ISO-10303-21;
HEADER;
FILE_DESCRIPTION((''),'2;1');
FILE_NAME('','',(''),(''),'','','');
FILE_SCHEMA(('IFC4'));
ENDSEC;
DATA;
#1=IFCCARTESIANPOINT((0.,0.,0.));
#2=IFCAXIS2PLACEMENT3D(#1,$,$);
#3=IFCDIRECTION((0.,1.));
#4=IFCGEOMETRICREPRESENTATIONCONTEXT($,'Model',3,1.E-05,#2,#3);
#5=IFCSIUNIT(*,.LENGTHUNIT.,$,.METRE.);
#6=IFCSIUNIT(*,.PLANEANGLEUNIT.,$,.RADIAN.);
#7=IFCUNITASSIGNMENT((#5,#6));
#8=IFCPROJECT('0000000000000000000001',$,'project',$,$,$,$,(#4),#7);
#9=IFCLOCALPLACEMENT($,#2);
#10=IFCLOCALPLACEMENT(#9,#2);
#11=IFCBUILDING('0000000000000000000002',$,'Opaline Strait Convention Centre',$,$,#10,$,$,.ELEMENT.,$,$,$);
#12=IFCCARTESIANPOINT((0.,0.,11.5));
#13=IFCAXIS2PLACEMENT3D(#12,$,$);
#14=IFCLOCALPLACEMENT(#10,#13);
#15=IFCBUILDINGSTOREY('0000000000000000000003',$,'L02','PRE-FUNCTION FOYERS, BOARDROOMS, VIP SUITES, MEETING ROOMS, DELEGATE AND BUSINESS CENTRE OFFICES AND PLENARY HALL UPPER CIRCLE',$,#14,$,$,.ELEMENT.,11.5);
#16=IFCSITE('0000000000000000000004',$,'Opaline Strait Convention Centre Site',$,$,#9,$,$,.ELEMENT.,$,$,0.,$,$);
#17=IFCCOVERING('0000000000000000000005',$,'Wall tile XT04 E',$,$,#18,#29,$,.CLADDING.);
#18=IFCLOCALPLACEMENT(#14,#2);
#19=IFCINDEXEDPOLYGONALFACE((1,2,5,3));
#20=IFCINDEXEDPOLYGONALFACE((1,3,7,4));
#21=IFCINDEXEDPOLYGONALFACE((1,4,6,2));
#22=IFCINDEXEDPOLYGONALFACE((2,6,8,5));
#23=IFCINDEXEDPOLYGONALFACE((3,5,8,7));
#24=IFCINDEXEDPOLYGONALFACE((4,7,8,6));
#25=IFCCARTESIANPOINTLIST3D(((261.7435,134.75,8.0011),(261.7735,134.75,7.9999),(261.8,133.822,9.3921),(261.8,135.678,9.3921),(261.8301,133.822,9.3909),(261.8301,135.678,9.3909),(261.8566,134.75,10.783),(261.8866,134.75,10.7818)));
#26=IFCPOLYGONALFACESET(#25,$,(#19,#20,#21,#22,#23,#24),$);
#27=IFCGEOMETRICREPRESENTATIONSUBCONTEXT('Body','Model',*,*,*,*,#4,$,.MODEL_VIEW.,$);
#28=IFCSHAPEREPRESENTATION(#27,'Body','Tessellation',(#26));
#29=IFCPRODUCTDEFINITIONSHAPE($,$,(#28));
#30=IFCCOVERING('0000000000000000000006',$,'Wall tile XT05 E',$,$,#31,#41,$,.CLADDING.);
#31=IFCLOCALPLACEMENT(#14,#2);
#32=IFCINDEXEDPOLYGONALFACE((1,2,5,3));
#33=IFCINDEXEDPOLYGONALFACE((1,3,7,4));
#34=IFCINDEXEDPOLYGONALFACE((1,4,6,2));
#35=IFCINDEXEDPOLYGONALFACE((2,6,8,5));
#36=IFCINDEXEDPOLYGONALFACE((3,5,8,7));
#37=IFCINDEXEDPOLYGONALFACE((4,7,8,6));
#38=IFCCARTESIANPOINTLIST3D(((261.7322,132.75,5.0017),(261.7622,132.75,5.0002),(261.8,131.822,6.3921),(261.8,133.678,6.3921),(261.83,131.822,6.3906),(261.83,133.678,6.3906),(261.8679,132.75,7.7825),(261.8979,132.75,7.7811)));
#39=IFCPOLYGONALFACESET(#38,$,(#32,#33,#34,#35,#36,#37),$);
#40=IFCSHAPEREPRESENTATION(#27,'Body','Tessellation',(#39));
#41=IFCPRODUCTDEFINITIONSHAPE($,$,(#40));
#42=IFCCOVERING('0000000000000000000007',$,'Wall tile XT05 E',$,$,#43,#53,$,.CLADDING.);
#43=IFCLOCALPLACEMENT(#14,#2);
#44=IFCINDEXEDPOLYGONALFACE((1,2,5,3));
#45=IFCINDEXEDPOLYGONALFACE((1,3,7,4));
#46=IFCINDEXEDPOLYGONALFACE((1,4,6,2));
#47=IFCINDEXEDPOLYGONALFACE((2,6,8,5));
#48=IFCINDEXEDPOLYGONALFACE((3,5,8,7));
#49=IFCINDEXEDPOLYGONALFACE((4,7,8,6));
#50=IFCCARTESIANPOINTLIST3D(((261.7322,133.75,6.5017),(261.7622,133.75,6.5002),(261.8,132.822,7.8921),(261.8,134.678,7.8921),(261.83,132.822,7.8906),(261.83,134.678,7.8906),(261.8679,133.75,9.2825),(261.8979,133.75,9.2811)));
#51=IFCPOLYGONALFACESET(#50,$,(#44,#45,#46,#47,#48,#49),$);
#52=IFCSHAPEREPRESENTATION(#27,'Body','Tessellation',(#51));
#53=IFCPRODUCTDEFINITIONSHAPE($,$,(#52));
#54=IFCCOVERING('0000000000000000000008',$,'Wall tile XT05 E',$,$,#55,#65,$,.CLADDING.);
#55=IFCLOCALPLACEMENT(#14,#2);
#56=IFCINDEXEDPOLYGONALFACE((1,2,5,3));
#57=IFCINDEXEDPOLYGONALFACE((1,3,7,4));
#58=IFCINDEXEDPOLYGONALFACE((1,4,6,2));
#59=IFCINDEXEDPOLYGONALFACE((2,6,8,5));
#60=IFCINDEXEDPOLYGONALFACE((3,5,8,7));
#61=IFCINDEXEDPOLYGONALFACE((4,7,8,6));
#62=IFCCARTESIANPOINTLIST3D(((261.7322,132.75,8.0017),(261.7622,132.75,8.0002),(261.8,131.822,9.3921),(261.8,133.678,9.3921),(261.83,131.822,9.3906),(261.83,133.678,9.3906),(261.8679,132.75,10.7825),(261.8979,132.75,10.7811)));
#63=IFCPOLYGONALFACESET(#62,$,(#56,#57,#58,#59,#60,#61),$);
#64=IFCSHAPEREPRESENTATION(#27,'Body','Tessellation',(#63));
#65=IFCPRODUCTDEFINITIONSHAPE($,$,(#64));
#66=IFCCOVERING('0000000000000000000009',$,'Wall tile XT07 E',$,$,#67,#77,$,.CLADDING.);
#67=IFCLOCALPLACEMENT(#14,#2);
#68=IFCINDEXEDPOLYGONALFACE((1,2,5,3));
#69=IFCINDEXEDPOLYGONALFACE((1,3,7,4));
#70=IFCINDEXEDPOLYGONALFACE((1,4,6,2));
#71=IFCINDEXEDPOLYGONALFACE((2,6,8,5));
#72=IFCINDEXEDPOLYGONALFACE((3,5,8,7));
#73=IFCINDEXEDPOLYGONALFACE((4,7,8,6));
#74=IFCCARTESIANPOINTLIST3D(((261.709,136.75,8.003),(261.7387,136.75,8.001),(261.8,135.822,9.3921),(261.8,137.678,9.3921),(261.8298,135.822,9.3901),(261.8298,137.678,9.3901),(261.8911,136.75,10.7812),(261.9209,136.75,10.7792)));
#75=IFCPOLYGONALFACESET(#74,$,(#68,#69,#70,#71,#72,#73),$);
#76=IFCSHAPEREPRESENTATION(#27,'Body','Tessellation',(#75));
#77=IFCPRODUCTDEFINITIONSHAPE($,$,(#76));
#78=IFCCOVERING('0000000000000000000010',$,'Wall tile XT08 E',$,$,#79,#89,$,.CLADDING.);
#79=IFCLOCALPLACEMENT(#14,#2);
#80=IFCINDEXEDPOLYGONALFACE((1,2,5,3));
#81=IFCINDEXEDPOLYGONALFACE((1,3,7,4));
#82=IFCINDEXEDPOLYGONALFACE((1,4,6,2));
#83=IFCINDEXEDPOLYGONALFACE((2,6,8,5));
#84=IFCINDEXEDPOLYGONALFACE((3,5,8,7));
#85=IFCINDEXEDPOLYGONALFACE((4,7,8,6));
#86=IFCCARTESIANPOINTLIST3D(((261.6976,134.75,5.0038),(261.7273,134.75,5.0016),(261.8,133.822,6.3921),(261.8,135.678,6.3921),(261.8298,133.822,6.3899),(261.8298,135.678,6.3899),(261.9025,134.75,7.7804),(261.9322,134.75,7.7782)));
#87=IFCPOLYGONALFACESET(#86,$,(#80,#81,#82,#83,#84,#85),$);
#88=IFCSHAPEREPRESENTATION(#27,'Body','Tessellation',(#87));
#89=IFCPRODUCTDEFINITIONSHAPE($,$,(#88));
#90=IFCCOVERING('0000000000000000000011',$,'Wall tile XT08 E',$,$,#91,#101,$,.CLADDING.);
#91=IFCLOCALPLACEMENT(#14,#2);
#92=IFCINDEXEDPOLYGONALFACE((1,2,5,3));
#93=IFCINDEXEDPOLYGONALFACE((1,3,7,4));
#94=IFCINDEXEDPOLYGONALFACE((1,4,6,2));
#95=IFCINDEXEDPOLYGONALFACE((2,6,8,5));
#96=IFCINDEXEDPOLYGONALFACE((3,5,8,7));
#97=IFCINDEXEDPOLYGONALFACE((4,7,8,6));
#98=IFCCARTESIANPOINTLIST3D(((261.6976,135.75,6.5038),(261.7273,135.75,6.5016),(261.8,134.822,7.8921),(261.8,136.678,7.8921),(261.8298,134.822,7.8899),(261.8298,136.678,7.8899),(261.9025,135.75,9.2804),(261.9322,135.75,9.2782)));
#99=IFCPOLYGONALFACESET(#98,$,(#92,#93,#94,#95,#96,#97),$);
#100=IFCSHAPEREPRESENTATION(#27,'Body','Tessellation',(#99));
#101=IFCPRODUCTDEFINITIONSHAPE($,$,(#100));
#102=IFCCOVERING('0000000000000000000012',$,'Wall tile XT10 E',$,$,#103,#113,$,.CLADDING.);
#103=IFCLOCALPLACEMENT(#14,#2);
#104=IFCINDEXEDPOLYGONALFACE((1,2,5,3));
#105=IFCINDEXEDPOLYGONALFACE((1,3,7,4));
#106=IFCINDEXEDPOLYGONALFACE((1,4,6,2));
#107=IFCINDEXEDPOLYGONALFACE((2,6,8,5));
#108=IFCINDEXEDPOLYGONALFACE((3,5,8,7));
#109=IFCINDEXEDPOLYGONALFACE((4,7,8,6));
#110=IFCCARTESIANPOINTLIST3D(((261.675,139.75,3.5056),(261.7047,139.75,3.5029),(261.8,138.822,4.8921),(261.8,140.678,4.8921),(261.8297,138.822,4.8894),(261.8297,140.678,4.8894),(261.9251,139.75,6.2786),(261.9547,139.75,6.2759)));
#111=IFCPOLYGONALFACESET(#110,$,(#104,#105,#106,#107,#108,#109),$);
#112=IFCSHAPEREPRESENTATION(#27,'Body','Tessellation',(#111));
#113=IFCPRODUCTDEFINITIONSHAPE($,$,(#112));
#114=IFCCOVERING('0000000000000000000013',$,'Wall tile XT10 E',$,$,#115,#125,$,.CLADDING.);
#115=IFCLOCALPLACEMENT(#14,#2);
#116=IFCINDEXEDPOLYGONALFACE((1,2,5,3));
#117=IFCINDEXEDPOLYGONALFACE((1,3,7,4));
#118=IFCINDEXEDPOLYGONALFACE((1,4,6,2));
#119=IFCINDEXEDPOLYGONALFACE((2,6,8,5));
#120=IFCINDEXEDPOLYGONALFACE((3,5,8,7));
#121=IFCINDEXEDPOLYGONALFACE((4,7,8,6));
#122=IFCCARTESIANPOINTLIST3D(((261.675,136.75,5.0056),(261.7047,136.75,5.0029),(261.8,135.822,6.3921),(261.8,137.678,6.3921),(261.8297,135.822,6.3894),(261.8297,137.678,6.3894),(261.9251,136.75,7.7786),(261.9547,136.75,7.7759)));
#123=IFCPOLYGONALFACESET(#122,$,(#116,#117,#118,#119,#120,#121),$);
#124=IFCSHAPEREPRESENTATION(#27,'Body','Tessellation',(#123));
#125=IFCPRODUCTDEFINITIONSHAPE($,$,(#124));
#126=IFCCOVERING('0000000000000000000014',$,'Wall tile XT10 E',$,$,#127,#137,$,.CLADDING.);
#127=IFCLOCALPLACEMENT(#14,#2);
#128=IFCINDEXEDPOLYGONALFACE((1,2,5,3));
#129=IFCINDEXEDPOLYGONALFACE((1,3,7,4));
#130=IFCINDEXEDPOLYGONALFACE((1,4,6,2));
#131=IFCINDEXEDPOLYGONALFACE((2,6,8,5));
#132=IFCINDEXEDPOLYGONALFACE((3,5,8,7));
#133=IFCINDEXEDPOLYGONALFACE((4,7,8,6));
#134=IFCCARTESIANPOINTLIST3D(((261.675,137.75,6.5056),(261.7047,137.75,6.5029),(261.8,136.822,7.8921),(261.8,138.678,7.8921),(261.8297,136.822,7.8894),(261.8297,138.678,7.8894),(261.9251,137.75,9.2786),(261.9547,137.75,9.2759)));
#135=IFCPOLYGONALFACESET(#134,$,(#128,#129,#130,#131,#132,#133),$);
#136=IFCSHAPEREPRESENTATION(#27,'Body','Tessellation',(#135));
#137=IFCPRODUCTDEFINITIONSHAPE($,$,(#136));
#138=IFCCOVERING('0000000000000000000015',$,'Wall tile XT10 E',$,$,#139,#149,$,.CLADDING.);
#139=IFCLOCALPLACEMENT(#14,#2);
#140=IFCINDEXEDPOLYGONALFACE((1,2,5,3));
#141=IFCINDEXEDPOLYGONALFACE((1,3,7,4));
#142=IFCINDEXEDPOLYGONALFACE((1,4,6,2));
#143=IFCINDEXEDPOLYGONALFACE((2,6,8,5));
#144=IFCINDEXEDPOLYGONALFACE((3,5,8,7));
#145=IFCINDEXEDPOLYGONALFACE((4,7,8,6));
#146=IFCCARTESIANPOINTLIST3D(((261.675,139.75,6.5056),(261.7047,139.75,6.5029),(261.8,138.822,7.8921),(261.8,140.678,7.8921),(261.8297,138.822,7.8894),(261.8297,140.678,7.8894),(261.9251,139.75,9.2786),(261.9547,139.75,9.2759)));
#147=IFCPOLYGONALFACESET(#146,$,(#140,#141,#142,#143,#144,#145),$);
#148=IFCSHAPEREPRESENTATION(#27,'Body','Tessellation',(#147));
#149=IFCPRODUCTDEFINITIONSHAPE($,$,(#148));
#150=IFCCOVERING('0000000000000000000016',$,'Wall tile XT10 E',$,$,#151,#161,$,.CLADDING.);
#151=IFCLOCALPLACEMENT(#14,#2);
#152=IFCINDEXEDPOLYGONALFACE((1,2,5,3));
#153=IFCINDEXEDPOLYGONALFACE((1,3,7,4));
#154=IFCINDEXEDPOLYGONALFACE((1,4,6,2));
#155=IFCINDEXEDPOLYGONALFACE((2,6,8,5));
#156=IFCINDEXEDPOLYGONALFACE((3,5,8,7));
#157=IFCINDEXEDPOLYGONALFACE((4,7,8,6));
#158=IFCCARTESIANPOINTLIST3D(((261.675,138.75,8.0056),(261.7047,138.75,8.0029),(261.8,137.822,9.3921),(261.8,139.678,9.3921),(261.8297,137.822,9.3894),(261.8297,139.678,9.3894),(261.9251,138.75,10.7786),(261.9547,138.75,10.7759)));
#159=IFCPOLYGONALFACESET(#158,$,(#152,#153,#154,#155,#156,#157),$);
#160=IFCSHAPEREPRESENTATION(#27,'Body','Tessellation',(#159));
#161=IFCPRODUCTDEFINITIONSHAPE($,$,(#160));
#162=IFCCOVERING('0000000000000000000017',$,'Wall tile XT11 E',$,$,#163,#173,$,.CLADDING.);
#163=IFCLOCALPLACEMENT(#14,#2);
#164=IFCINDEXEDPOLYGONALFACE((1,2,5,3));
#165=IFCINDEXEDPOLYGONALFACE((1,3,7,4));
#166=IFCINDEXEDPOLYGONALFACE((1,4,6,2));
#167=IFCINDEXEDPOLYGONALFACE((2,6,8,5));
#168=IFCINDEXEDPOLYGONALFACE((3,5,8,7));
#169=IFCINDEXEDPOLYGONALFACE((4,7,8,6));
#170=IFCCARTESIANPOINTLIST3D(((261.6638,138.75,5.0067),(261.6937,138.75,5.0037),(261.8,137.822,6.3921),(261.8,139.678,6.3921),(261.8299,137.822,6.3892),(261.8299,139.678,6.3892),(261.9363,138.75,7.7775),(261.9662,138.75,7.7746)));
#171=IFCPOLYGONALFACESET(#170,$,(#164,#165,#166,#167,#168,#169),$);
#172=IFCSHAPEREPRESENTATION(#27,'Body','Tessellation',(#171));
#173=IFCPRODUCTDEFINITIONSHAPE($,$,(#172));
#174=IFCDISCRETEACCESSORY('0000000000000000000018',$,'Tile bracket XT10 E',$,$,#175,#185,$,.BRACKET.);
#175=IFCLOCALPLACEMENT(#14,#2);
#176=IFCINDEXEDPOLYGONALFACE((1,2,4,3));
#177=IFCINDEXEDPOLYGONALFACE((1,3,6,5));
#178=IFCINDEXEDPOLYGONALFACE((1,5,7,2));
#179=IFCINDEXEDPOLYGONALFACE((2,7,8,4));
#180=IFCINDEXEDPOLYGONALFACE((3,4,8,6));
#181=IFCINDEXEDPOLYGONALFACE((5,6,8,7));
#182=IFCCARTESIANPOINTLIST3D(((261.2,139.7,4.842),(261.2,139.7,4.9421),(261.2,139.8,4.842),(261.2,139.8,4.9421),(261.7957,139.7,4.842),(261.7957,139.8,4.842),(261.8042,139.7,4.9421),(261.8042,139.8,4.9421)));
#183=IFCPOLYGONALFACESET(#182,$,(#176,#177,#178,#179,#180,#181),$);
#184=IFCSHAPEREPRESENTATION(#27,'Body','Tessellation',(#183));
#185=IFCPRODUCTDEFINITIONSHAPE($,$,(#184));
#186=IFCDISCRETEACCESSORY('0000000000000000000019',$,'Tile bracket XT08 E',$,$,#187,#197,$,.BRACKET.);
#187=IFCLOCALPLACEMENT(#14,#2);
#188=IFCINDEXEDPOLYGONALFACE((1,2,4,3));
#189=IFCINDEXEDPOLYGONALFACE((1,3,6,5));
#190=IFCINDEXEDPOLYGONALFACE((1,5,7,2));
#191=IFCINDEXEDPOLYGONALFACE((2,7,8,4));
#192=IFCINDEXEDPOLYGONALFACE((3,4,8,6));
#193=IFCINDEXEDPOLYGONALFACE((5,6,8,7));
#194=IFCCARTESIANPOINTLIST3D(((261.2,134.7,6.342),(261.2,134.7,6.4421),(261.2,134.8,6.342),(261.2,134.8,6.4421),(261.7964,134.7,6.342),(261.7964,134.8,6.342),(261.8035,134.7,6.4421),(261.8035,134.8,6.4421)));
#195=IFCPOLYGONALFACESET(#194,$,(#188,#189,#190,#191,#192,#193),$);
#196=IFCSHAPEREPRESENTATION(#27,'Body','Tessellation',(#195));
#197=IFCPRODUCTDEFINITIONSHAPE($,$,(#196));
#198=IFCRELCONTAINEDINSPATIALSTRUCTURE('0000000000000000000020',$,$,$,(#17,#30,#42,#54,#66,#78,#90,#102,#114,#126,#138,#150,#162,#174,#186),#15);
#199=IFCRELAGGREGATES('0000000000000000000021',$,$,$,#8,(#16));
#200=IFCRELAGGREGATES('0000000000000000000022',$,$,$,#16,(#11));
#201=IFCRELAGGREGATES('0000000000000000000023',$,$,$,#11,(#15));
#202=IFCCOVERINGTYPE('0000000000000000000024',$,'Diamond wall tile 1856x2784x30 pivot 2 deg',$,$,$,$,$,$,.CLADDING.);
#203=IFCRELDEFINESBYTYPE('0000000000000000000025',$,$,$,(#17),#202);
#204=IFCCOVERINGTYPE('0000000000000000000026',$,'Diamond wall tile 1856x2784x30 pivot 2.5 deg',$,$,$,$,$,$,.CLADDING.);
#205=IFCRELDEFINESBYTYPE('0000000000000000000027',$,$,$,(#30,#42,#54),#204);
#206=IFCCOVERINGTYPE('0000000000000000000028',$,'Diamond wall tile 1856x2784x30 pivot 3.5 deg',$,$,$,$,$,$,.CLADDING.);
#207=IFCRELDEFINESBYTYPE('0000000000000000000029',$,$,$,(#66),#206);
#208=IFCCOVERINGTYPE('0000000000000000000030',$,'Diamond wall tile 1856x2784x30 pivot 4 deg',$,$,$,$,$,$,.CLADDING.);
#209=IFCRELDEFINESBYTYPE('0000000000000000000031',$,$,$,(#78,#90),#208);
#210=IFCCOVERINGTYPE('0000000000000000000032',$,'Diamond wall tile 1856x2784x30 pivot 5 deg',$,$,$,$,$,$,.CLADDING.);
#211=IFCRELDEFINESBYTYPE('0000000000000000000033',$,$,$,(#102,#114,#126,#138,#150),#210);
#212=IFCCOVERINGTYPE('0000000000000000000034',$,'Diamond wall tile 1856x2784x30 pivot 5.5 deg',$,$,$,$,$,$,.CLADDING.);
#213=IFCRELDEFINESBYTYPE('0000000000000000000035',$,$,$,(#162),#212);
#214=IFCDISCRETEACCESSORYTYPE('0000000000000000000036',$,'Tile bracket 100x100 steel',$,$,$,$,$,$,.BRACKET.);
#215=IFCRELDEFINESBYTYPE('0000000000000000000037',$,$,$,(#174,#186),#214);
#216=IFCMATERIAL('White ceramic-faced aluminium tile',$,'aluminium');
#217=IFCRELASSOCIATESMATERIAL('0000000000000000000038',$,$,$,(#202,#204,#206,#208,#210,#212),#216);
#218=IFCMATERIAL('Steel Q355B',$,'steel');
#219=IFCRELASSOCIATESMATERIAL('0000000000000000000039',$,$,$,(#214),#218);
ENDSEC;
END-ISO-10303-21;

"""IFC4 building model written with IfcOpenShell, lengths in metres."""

from ifc_helpers import new_model, si_unit, direction, frame, origin, place, context, subcontext, project, spatial, polyline, outline, extrude, material, material_profile, profile_set, type_object, element, save


model = new_model("IFC4")

# Units and contexts
model_context = context("Model", 3, precision=1e-05, world=origin(), true_north=direction((0.0, 1.0)))
body_context = subcontext(model_context, "Body", "Model", "MODEL_VIEW")
ifc_project = project(units=[si_unit("LENGTHUNIT", "METRE"), si_unit("PLANEANGLEUNIT", "RADIAN")], contexts=[model_context])

# Site, building, storey
site_placement = place(None, origin())
site = spatial("IfcSite", under=ifc_project, at=site_placement, Name="Opaline Strait Convention Centre Site", CompositionType="ELEMENT", RefElevation=0.0)
building_placement = place(site_placement, origin())
building = spatial("IfcBuilding", under=site, at=building_placement, Name="Opaline Strait Convention Centre", CompositionType="ELEMENT")
storey_placement = place(building_placement, frame((0.0, 0.0, 11.5)))
storey = spatial("IfcBuildingStorey", under=building, at=storey_placement, Name="L02", Description="PRE-FUNCTION FOYERS, BOARDROOMS, VIP SUITES, MEETING ROOMS, DELEGATE AND BUSINESS CENTRE OFFICES AND PLENARY HALL UPPER CIRCLE", CompositionType="ELEMENT", Elevation=11.5)

# Coverings
ifc_material_1 = material(Name="White ceramic-faced aluminium tile", Category="aluminium")
ifc_material_profile_1 = material_profile(ifc_material_1, outline(polyline([(0.928, 0.0), (0.0, 1.3921), (-0.928, 0.0), (0.0, -1.3921), (0.928, 0.0)])), Name="Diamond tile 1856x2784")
ifc_profile_set_1 = profile_set([ifc_material_profile_1], Name="White ceramic-faced aluminium tile")
covering_type_1 = type_object("IfcCoveringType", Name="Diamond wall tile 1856x2784x30 pivot 2 deg", PredefinedType="CLADDING", material=ifc_profile_set_1)
covering_1_placement = place(storey_placement, frame((261.8, 134.75, 9.3921), z_axis=(0.999175, 0.0, -0.040617), x_axis=(0.0, 1.0, 0.0)))
element("IfcCovering", 1, at=covering_1_placement, inside=storey, type_object=covering_type_1, Name="Wall tile XT04 E", PredefinedType="CLADDING", context=body_context, shape_type="SweptSolid", body=[
    extrude(outline(polyline([(0.928, 0.0), (0.0, 1.3921), (-0.928, 0.0), (0.0, -1.3921), (0.928, 0.0)])), origin(), (0.0, 0.0, 1.0), 0.03),
])
ifc_material_profile_2 = material_profile(ifc_material_1, outline(polyline([(0.928, 0.0), (0.0, 1.3921), (-0.928, 0.0), (0.0, -1.3921), (0.928, 0.0)])), Name="Diamond tile 1856x2784")
ifc_profile_set_2 = profile_set([ifc_material_profile_2], Name="White ceramic-faced aluminium tile")
covering_type_2 = type_object("IfcCoveringType", Name="Diamond wall tile 1856x2784x30 pivot 2.5 deg", PredefinedType="CLADDING", material=ifc_profile_set_2)
for number, where, z_axis, x_axis, name in (
    (2, (261.8, 132.75, 6.3921), (0.998812, 0.0, -0.048723), (0.0, 1.0, 0.0), "Wall tile XT05 E"),
    (3, (261.8, 133.75, 7.8921), (0.998812, 0.0, -0.048723), (0.0, 1.0, 0.0), "Wall tile XT05 E"),
    (4, (261.8, 132.75, 9.3921), (0.998812, 0.0, -0.048723), (0.0, 1.0, 0.0), "Wall tile XT05 E"),
):
    element("IfcCovering", number, at=place(storey_placement, frame(where, z_axis=z_axis, x_axis=x_axis)), inside=storey, type_object=covering_type_2, Name=name, PredefinedType="CLADDING", context=body_context, shape_type="SweptSolid", body=[
        extrude(outline(polyline([(0.928, 0.0), (0.0, 1.3921), (-0.928, 0.0), (0.0, -1.3921), (0.928, 0.0)])), origin(), (0.0, 0.0, 1.0), 0.03),
    ])
ifc_material_profile_3 = material_profile(ifc_material_1, outline(polyline([(0.928, 0.0), (0.0, 1.3921), (-0.928, 0.0), (0.0, -1.3921), (0.928, 0.0)])), Name="Diamond tile 1856x2784")
ifc_profile_set_3 = profile_set([ifc_material_profile_3], Name="White ceramic-faced aluminium tile")
covering_type_3 = type_object("IfcCoveringType", Name="Diamond wall tile 1856x2784x30 pivot 3.5 deg", PredefinedType="CLADDING", material=ifc_profile_set_3)
covering_2_placement = place(storey_placement, frame((261.8, 136.75, 9.3921), z_axis=(0.997857, 0.0, -0.065433), x_axis=(0.0, 1.0, 0.0)))
element("IfcCovering", 5, at=covering_2_placement, inside=storey, type_object=covering_type_3, Name="Wall tile XT07 E", PredefinedType="CLADDING", context=body_context, shape_type="SweptSolid", body=[
    extrude(outline(polyline([(0.928, 0.0), (0.0, 1.3921), (-0.928, 0.0), (0.0, -1.3921), (0.928, 0.0)])), origin(), (0.0, 0.0, 1.0), 0.0298),
])
ifc_material_profile_4 = material_profile(ifc_material_1, outline(polyline([(0.928, 0.0), (0.0, 1.3921), (-0.928, 0.0), (0.0, -1.3921), (0.928, 0.0)])), Name="Diamond tile 1856x2784")
ifc_profile_set_4 = profile_set([ifc_material_profile_4], Name="White ceramic-faced aluminium tile")
covering_type_4 = type_object("IfcCoveringType", Name="Diamond wall tile 1856x2784x30 pivot 4 deg", PredefinedType="CLADDING", material=ifc_profile_set_4)
for number, where, z_axis, x_axis, name in (
    (6, (261.8, 134.75, 6.3921), (0.99729, 0.0, -0.073571), (0.0, 1.0, 0.0), "Wall tile XT08 E"),
    (7, (261.8, 135.75, 7.8921), (0.99729, 0.0, -0.073571), (0.0, 1.0, 0.0), "Wall tile XT08 E"),
):
    element("IfcCovering", number, at=place(storey_placement, frame(where, z_axis=z_axis, x_axis=x_axis)), inside=storey, type_object=covering_type_4, Name=name, PredefinedType="CLADDING", context=body_context, shape_type="SweptSolid", body=[
        extrude(outline(polyline([(0.928, 0.0), (0.0, 1.3921), (-0.928, 0.0), (0.0, -1.3921), (0.928, 0.0)])), origin(), (0.0, 0.0, 1.0), 0.0298),
    ])
ifc_material_profile_5 = material_profile(ifc_material_1, outline(polyline([(0.928, 0.0), (0.0, 1.3921), (-0.928, 0.0), (0.0, -1.3921), (0.928, 0.0)])), Name="Diamond tile 1856x2784")
ifc_profile_set_5 = profile_set([ifc_material_profile_5], Name="White ceramic-faced aluminium tile")
covering_type_5 = type_object("IfcCoveringType", Name="Diamond wall tile 1856x2784x30 pivot 5 deg", PredefinedType="CLADDING", material=ifc_profile_set_5)
for number, where, z_axis, x_axis, name in (
    (8, (261.8, 139.75, 4.8921), (0.99596, 0.0, -0.0898), (0.0, 1.0, 0.0), "Wall tile XT10 E"),
    (9, (261.8, 136.75, 6.3921), (0.99596, 0.0, -0.0898), (0.0, 1.0, 0.0), "Wall tile XT10 E"),
    (10, (261.8, 137.75, 7.8921), (0.99596, 0.0, -0.0898), (0.0, 1.0, 0.0), "Wall tile XT10 E"),
    (11, (261.8, 139.75, 7.8921), (0.99596, 0.0, -0.0898), (0.0, 1.0, 0.0), "Wall tile XT10 E"),
    (12, (261.8, 138.75, 9.3921), (0.99596, 0.0, -0.0898), (0.0, 1.0, 0.0), "Wall tile XT10 E"),
):
    element("IfcCovering", number, at=place(storey_placement, frame(where, z_axis=z_axis, x_axis=x_axis)), inside=storey, type_object=covering_type_5, Name=name, PredefinedType="CLADDING", context=body_context, shape_type="SweptSolid", body=[
        extrude(outline(polyline([(0.928, 0.0), (0.0, 1.3921), (-0.928, 0.0), (0.0, -1.3921), (0.928, 0.0)])), origin(), (0.0, 0.0, 1.0), 0.0298),
    ])
ifc_material_profile_6 = material_profile(ifc_material_1, outline(polyline([(0.928, 0.0), (0.0, 1.3921), (-0.928, 0.0), (0.0, -1.3921), (0.928, 0.0)])), Name="Diamond tile 1856x2784")
ifc_profile_set_6 = profile_set([ifc_material_profile_6], Name="White ceramic-faced aluminium tile")
covering_type_6 = type_object("IfcCoveringType", Name="Diamond wall tile 1856x2784x30 pivot 5.5 deg", PredefinedType="CLADDING", material=ifc_profile_set_6)
covering_3_placement = place(storey_placement, frame((261.8, 138.75, 6.3921), z_axis=(0.995197, 0.0, -0.097888), x_axis=(0.0, 1.0, 0.0)))
element("IfcCovering", 13, at=covering_3_placement, inside=storey, type_object=covering_type_6, Name="Wall tile XT11 E", PredefinedType="CLADDING", context=body_context, shape_type="SweptSolid", body=[
    extrude(outline(polyline([(0.928, 0.0), (0.0, 1.3921), (-0.928, 0.0), (0.0, -1.3921), (0.928, 0.0)])), origin(), (0.0, 0.0, 1.0), 0.03),
])

# Discrete accessories
ifc_material_2 = material(Name="Steel Q355B", Category="steel")
discrete_accessory_type = type_object("IfcDiscreteAccessoryType", Name="Tile bracket 100x100 steel", PredefinedType="BRACKET", material=ifc_material_2)
discrete_accessory_1_placement = place(storey_placement, frame((261.2, 139.7, 4.8921), z_axis=(0.0, 1.0, 0.0), x_axis=(-1.0, 0.0, 0.0)))
element("IfcDiscreteAccessory", 14, at=discrete_accessory_1_placement, inside=storey, type_object=discrete_accessory_type, Name="Tile bracket XT10 E", PredefinedType="BRACKET", context=body_context, shape_type="SweptSolid", body=[
    extrude(outline(polyline([(0.0, -0.05), (0.0, 0.05), (-0.6042, 0.05), (-0.5957, -0.05), (0.0, -0.05)])), origin(), (0.0, 0.0, 1.0), 0.1001),
])
discrete_accessory_2_placement = place(storey_placement, frame((261.2, 134.7, 6.3921), z_axis=(0.0, 1.0, 0.0), x_axis=(-1.0, 0.0, 0.0)))
element("IfcDiscreteAccessory", 15, at=discrete_accessory_2_placement, inside=storey, type_object=discrete_accessory_type, Name="Tile bracket XT08 E", PredefinedType="BRACKET", context=body_context, shape_type="SweptSolid", body=[
    extrude(outline(polyline([(0.0, -0.05), (0.0, 0.05), (-0.6035, 0.05), (-0.5964, -0.05), (0.0, -0.05)])), origin(), (0.0, 0.0, 1.0), 0.1001),
])

save(model, "model.ifc")
